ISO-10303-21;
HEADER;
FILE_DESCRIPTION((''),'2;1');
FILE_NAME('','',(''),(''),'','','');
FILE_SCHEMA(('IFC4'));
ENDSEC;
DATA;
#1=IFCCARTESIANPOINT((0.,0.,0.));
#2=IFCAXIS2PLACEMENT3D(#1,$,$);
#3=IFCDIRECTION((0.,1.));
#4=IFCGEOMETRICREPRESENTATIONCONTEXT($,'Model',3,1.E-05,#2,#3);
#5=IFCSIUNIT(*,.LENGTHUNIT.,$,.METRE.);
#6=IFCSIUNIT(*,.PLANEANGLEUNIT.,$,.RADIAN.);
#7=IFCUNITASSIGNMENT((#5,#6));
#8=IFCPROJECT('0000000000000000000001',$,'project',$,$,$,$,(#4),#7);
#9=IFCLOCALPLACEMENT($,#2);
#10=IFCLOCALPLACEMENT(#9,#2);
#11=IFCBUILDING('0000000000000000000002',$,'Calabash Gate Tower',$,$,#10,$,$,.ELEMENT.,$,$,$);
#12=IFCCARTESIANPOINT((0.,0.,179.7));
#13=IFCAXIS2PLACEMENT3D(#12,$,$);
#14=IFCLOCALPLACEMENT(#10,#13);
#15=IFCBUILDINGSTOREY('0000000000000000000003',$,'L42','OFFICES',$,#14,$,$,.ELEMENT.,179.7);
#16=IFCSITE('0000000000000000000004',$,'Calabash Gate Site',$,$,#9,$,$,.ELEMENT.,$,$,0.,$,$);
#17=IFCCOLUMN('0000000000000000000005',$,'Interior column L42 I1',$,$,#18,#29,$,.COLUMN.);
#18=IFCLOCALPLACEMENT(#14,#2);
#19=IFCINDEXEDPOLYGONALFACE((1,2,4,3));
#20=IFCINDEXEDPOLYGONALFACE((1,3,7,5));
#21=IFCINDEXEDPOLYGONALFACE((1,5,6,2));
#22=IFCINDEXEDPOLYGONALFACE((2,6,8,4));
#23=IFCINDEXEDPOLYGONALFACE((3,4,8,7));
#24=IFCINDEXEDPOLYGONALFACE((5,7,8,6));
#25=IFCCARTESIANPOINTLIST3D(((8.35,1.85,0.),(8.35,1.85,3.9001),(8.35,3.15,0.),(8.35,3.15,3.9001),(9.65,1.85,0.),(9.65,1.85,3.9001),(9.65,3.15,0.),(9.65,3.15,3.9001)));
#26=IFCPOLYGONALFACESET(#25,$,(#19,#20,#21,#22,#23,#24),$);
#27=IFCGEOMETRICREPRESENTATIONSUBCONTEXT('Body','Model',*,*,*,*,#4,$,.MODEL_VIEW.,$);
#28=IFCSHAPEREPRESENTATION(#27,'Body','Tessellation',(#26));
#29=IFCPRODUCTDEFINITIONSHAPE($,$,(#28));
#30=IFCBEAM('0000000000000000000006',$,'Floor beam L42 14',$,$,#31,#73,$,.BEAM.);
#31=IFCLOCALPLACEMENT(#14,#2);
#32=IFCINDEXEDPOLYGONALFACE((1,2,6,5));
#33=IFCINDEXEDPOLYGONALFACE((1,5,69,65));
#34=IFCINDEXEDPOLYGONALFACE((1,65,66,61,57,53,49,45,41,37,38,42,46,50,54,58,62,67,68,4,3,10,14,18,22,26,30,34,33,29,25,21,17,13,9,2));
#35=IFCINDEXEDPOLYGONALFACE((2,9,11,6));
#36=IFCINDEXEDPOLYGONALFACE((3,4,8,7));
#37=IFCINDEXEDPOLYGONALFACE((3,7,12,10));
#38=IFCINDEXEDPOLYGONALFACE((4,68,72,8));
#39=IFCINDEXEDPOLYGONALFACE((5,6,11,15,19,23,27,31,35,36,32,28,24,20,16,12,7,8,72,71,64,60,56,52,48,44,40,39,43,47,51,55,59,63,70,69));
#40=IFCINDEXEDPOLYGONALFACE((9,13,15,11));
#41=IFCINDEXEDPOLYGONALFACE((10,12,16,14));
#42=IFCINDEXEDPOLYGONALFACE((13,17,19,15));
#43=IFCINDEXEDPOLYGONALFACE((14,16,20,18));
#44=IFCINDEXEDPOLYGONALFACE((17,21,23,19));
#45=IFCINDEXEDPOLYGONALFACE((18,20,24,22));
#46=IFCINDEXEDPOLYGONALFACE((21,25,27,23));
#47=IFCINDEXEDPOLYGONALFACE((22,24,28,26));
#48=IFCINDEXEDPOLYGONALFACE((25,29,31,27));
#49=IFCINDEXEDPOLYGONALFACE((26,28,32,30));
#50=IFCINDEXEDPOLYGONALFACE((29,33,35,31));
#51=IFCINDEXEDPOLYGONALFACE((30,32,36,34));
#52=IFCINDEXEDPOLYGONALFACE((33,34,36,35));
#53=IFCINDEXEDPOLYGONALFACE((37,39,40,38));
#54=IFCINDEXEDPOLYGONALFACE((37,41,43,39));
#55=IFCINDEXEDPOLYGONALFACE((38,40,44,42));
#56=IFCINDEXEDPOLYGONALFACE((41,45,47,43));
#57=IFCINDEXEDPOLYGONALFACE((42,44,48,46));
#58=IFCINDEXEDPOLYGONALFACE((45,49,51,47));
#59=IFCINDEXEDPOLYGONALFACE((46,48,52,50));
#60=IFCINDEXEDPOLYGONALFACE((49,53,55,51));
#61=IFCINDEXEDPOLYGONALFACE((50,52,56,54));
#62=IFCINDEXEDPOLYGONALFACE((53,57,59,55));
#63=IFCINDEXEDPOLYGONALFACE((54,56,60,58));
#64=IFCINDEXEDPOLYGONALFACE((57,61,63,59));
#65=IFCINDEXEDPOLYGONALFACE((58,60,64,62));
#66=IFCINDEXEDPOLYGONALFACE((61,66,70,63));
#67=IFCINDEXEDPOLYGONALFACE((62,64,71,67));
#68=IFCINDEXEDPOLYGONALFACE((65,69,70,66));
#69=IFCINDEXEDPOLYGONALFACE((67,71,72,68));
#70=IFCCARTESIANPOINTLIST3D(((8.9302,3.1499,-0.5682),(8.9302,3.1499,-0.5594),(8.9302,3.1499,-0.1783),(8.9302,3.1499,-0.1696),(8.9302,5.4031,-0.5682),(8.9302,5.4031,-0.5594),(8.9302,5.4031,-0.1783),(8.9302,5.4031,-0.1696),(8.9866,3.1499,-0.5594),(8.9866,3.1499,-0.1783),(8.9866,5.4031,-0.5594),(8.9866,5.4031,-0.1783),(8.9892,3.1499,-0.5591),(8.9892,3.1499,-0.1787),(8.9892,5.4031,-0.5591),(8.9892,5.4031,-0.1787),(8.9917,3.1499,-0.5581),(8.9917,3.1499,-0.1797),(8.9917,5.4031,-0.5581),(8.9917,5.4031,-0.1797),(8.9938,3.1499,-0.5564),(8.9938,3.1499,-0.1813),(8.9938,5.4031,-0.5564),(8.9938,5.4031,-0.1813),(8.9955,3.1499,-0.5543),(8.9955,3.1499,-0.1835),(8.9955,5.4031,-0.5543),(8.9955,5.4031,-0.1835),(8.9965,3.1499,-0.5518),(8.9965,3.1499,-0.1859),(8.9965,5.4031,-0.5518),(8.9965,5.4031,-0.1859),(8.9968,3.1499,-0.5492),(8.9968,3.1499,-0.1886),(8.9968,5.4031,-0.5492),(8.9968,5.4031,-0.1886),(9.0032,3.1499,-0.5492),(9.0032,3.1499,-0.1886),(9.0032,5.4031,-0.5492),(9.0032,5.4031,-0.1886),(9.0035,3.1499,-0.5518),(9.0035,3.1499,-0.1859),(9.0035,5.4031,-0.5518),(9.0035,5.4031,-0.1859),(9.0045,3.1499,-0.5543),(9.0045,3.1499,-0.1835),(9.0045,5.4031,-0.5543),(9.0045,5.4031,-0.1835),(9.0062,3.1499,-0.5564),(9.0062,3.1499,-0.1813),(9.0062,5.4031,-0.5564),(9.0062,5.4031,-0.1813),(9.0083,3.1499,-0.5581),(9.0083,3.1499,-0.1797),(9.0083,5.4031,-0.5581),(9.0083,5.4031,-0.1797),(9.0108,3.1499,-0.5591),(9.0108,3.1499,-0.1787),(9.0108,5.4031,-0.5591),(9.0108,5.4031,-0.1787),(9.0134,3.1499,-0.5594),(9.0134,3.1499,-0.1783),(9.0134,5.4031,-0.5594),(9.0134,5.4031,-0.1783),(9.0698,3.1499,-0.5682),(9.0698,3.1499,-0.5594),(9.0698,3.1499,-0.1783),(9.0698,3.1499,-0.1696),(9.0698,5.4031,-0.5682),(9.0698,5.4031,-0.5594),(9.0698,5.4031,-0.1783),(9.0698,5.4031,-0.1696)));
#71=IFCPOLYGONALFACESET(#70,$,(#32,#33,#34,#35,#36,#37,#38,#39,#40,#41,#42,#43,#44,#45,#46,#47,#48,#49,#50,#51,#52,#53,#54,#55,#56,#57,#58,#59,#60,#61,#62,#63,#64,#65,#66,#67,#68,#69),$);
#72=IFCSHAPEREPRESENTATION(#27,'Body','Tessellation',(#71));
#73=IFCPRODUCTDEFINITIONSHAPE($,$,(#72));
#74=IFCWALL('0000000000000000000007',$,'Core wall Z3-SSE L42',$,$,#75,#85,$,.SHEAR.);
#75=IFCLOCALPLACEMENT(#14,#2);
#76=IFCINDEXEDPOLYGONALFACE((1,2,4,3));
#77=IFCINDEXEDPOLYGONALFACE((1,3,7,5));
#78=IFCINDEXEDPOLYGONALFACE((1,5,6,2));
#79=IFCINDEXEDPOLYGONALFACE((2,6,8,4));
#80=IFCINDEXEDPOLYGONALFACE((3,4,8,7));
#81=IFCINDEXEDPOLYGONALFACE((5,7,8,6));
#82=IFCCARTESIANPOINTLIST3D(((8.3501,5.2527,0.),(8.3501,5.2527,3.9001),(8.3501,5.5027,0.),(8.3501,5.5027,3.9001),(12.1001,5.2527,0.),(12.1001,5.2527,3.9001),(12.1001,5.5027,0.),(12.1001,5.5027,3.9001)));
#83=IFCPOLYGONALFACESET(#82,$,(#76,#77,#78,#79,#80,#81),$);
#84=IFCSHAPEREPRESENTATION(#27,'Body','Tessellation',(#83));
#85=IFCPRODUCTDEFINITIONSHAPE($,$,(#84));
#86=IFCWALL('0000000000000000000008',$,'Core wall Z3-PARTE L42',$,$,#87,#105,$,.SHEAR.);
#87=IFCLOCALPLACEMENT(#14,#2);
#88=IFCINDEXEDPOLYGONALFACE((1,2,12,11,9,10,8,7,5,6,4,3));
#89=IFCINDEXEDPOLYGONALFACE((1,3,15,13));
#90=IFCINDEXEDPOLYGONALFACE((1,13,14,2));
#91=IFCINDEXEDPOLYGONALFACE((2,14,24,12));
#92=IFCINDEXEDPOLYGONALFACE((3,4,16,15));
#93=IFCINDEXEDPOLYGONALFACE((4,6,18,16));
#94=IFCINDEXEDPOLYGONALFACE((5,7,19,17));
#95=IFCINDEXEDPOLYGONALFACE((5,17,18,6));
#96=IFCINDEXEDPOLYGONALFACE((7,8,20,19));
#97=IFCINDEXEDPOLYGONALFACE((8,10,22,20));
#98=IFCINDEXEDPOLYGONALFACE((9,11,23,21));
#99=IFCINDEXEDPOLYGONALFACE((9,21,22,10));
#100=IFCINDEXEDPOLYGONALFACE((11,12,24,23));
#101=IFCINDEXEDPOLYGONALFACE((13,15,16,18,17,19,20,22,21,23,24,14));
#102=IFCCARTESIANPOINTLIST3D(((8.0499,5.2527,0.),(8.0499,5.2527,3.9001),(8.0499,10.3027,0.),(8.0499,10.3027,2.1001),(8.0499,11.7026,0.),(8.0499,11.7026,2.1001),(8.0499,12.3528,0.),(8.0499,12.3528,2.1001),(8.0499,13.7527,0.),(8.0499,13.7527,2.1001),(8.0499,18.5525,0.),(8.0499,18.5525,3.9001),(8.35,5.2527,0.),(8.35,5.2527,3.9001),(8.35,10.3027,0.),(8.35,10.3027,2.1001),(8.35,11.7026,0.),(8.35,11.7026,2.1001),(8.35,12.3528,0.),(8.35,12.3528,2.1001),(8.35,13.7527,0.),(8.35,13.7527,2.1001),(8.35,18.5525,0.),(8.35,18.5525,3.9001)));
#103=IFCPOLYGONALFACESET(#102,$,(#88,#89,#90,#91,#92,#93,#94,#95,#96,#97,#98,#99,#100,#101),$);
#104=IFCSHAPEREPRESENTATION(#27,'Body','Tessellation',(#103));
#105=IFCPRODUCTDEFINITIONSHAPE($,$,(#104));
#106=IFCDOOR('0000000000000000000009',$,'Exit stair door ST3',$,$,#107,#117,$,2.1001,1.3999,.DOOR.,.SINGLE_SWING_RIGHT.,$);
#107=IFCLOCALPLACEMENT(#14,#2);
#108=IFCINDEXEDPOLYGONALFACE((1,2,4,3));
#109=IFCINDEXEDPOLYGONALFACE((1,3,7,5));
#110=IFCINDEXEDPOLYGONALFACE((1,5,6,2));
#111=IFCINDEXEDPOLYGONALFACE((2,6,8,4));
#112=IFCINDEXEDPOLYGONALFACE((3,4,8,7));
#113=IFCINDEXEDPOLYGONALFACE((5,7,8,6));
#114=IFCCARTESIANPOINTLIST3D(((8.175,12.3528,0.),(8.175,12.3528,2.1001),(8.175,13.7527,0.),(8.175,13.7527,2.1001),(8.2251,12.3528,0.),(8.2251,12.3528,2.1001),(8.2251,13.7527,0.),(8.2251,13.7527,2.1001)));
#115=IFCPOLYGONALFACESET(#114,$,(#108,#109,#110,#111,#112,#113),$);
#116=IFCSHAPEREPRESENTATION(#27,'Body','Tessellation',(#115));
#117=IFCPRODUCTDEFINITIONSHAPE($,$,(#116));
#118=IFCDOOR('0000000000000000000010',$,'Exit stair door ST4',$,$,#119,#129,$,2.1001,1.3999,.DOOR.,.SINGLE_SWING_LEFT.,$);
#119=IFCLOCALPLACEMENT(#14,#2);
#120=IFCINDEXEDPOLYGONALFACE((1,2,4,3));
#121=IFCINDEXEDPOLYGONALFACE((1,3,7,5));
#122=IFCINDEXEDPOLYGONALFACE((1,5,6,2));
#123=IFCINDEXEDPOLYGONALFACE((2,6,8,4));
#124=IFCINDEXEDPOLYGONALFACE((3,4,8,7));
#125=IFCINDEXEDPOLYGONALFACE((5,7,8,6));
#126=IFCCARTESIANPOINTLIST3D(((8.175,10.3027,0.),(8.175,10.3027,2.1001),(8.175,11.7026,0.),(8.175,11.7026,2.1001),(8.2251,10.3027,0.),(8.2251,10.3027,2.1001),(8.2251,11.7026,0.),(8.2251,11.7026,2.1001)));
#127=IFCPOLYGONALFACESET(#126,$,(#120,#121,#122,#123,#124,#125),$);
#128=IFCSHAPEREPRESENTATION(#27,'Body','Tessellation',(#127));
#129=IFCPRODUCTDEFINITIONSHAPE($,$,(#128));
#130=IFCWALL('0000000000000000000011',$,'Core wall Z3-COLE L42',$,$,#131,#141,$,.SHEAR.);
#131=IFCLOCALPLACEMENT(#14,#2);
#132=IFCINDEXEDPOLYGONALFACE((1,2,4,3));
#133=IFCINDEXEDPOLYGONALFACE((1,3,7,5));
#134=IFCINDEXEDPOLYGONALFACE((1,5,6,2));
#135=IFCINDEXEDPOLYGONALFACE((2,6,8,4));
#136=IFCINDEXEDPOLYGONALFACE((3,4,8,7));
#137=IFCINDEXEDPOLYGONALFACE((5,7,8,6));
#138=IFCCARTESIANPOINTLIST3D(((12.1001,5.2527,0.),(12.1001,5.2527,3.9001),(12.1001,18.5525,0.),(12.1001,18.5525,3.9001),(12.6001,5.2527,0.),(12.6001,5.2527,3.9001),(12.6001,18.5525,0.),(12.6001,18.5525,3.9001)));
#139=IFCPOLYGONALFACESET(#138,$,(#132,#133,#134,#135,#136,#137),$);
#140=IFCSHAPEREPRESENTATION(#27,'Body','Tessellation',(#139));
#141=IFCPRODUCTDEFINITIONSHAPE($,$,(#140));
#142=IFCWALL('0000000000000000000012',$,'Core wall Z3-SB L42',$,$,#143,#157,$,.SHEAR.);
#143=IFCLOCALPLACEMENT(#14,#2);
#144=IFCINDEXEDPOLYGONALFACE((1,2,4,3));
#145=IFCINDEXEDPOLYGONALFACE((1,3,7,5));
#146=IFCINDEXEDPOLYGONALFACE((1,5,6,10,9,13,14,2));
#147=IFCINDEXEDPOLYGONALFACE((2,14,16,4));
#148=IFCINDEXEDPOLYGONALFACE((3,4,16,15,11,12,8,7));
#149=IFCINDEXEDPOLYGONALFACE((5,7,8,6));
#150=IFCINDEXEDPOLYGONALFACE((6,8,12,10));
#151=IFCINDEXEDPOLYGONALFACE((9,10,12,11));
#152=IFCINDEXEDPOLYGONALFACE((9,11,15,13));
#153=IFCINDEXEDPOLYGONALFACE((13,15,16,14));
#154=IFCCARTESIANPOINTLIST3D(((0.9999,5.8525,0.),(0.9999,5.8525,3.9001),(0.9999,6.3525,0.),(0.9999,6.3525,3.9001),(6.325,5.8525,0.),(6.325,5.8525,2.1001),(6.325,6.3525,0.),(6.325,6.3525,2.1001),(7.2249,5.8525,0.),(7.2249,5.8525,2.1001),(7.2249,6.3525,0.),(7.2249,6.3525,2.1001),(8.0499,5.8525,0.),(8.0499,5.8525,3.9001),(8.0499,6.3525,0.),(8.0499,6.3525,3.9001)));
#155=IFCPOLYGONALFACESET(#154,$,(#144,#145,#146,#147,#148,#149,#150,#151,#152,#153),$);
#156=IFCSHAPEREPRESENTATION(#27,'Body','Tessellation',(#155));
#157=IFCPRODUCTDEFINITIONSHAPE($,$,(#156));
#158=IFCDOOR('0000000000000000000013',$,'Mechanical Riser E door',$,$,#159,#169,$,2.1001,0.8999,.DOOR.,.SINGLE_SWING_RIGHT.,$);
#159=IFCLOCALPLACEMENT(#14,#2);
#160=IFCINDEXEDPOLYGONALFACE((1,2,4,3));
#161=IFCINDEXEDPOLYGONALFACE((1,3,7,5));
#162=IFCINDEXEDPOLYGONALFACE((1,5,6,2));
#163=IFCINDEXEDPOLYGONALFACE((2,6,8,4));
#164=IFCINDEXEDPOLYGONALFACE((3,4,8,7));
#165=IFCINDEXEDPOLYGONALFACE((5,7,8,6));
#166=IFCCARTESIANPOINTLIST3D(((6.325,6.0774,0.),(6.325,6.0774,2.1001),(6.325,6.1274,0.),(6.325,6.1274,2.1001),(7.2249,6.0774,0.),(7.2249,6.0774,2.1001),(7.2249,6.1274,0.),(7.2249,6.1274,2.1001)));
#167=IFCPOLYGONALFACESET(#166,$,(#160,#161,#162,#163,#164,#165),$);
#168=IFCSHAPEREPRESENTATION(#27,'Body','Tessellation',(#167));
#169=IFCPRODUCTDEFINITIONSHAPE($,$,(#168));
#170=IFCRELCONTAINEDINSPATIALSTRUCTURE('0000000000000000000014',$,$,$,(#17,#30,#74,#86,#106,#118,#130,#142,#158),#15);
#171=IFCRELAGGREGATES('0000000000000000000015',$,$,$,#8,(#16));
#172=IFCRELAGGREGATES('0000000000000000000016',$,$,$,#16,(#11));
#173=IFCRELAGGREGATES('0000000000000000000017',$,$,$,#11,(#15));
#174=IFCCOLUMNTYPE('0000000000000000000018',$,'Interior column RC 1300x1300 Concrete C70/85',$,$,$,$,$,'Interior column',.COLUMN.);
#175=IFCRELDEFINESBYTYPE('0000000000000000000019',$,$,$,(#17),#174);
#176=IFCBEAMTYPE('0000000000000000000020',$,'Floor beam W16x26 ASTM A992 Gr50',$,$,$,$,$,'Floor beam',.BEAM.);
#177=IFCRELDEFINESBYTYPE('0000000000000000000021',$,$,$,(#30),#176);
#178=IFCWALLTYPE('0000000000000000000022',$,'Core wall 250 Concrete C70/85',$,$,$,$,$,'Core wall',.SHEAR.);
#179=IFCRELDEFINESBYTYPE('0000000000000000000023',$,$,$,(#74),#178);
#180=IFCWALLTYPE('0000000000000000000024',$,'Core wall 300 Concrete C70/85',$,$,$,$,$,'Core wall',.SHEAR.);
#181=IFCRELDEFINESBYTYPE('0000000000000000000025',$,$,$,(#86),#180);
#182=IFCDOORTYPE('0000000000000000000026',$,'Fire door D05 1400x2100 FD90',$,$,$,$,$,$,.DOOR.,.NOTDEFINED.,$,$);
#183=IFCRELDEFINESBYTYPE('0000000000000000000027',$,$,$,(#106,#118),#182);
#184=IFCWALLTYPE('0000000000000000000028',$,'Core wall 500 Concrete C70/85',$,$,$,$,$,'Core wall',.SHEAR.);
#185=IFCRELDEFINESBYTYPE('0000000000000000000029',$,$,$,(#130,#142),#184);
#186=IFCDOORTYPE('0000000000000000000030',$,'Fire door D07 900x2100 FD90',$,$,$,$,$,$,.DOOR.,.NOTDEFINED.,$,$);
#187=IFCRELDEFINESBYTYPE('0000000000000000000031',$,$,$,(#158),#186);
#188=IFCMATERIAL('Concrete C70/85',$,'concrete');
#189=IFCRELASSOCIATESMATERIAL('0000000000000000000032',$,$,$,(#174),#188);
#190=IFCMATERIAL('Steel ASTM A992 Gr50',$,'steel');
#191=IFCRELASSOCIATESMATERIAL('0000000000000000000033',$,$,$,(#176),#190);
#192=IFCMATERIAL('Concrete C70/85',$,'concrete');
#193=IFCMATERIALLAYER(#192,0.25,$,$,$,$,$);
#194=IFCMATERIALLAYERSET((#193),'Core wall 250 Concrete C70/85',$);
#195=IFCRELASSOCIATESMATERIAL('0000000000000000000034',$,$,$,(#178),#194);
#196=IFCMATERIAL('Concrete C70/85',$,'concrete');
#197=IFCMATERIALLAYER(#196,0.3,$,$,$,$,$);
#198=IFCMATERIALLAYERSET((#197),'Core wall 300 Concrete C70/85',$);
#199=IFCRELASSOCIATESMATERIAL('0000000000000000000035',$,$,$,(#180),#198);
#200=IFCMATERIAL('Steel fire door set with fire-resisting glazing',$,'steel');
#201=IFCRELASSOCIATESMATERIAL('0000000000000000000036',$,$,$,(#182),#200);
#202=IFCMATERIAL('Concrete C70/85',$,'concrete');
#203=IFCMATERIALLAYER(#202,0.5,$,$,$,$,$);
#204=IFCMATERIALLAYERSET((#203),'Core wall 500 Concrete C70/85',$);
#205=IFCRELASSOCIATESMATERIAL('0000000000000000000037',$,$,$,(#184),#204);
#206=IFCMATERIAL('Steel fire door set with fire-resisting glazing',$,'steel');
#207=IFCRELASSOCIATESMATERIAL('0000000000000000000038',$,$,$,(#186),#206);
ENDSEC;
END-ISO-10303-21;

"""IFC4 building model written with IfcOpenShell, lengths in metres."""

from ifc_helpers import new_model, si_unit, direction, frame, frame_2d, origin, origin_2d, place, context, subcontext, project, spatial, rectangle, i_section, extrude, material, layer, layer_set, material_profile, profile_set, type_object, element, fill, save


model = new_model("IFC4")

# Units and contexts
model_context = context("Model", 3, precision=1e-05, world=origin(), true_north=direction((0.0, 1.0)))
body_context = subcontext(model_context, "Body", "Model", "MODEL_VIEW")
ifc_project = project(units=[si_unit("LENGTHUNIT", "METRE"), si_unit("PLANEANGLEUNIT", "RADIAN")], contexts=[model_context])

# Site, building, storey
site_placement = place(None, origin())
site = spatial("IfcSite", under=ifc_project, at=site_placement, Name="Calabash Gate Site", CompositionType="ELEMENT", RefElevation=0.0)
building_placement = place(site_placement, origin())
building = spatial("IfcBuilding", under=site, at=building_placement, Name="Calabash Gate Tower", CompositionType="ELEMENT")
storey_placement = place(building_placement, frame((0.0, 0.0, 179.7)))
storey = spatial("IfcBuildingStorey", under=building, at=storey_placement, Name="L42", Description="OFFICES", CompositionType="ELEMENT", Elevation=179.7)

# Column
ifc_material_1 = material(Name="Concrete C70/85", Category="concrete")
ifc_material_profile_1 = material_profile(ifc_material_1, rectangle(XDim=1.3, YDim=1.3, at=origin_2d()))
ifc_profile_set_1 = profile_set([ifc_material_profile_1], Name="Concrete C70/85")
column_type = type_object("IfcColumnType", Name="Interior column RC 1300x1300 Concrete C70/85", ElementType="Interior column", PredefinedType="COLUMN", material=ifc_profile_set_1)
column_placement = place(storey_placement, frame((9.0, 2.5, 0.0), z_axis=(0.0, 0.0, 1.0), x_axis=(1.0, 0.0, 0.0)))
element("IfcColumn", 1, at=column_placement, inside=storey, type_object=column_type, Name="Interior column L42 I1", PredefinedType="COLUMN", context=body_context, shape_type="SweptSolid", body=[
    extrude(rectangle(XDim=1.3, YDim=1.3, at=origin_2d()), origin(), (0.0, 0.0, 1.0), 3.9001),
])

# Beam
ifc_material_2 = material(Name="Steel ASTM A992 Gr50", Category="steel")
ifc_material_profile_2 = material_profile(ifc_material_2, i_section(OverallWidth=0.1396, OverallDepth=0.3987, WebThickness=0.0063, FlangeThickness=0.0088, FilletRadius=0.0103, at=origin_2d()))
ifc_profile_set_2 = profile_set([ifc_material_profile_2], Name="Steel ASTM A992 Gr50")
beam_type = type_object("IfcBeamType", Name="Floor beam W16x26 ASTM A992 Gr50", ElementType="Floor beam", PredefinedType="BEAM", material=ifc_profile_set_2)
beam_placement = place(storey_placement, frame((9.0, 3.1499, -0.3689), z_axis=(0.0, 1.0, 0.0), x_axis=(-1.0, 0.0, 0.0)))
element("IfcBeam", 2, at=beam_placement, inside=storey, type_object=beam_type, Name="Floor beam L42 14", PredefinedType="BEAM", context=body_context, shape_type="SweptSolid", body=[
    extrude(i_section(OverallWidth=0.1396, OverallDepth=0.3987, WebThickness=0.0063, FlangeThickness=0.0088, FilletRadius=0.0103, at=origin_2d()), origin(), (0.0, 0.0, 1.0), 2.2532),
])

# Wall
ifc_material_3 = material(Name="Concrete C70/85", Category="concrete")
ifc_layer_1 = layer(ifc_material_3, 0.25)
ifc_layer_set_1 = layer_set([ifc_layer_1], Name="Core wall 250 Concrete C70/85")
wall_type_1 = type_object("IfcWallType", Name="Core wall 250 Concrete C70/85", ElementType="Core wall", PredefinedType="SHEAR", material=ifc_layer_set_1)
wall_1_placement = place(storey_placement, frame((8.3501, 5.3777, 0.0), z_axis=(0.0, 0.0, 1.0), x_axis=(1.0, 0.0, 0.0)))
element("IfcWall", 3, at=wall_1_placement, inside=storey, type_object=wall_type_1, Name="Core wall Z3-SSE L42", PredefinedType="SHEAR", context=body_context, shape_type="SweptSolid", body=[
    extrude(rectangle(XDim=3.75, YDim=0.25, at=frame_2d((1.875, 0.0))), origin(), (0.0, 0.0, 1.0), 3.9001),
])

# Wall, openings, doors
ifc_material_4 = material(Name="Concrete C70/85", Category="concrete")
ifc_layer_2 = layer(ifc_material_4, 0.3)
ifc_layer_set_2 = layer_set([ifc_layer_2], Name="Core wall 300 Concrete C70/85")
wall_type_2 = type_object("IfcWallType", Name="Core wall 300 Concrete C70/85", ElementType="Core wall", PredefinedType="SHEAR", material=ifc_layer_set_2)
wall_2_placement = place(storey_placement, frame((8.2, 5.2527, 0.0), z_axis=(0.0, 0.0, 1.0), x_axis=(0.0, 1.0, 0.0)))
wall_2 = element("IfcWall", 4, at=wall_2_placement, inside=storey, type_object=wall_type_2, Name="Core wall Z3-PARTE L42", PredefinedType="SHEAR", context=body_context, shape_type="SweptSolid", body=[
    extrude(rectangle(XDim=13.2998, YDim=0.3, at=frame_2d((6.6499, 0.0))), origin(), (0.0, 0.0, 1.0), 3.9001),
])
opening_1_placement = place(wall_2_placement, frame((7.1001, 0.0, 0.0)))
opening_1 = element("IfcOpeningElement", 5, at=opening_1_placement, cuts=wall_2, PredefinedType="OPENING", context=body_context, shape_type="SweptSolid", body=[
    extrude(rectangle(XDim=1.3999, YDim=2.1001, at=frame_2d((0.7, 1.05))), frame((0.0, 0.1599, 0.0), z_axis=(0.0, -1.0, 0.0), x_axis=(1.0, 0.0, 0.0)), (0.0, 0.0, 1.0), 0.3201),
])
opening_2_placement = place(wall_2_placement, frame((5.05, 0.0, 0.0)))
opening_2 = element("IfcOpeningElement", 6, at=opening_2_placement, cuts=wall_2, PredefinedType="OPENING", context=body_context, shape_type="SweptSolid", body=[
    extrude(rectangle(XDim=1.3999, YDim=2.1001, at=frame_2d((0.7, 1.05))), frame((0.0, 0.1599, 0.0), z_axis=(0.0, -1.0, 0.0), x_axis=(1.0, 0.0, 0.0)), (0.0, 0.0, 1.0), 0.3201),
])
ifc_material_5 = material(Name="Steel fire door set with fire-resisting glazing", Category="steel")
door_type_1 = type_object("IfcDoorType", Name="Fire door D05 1400x2100 FD90", OperationType="NOTDEFINED", PredefinedType="DOOR", material=ifc_material_5)
door_1_placement = place(opening_1_placement, origin())
door_1 = element("IfcDoor", 7, at=door_1_placement, inside=storey, type_object=door_type_1, Name="Exit stair door ST3", OperationType="SINGLE_SWING_RIGHT", OverallHeight=2.1001, OverallWidth=1.3999, PredefinedType="DOOR", context=body_context, shape_type="SweptSolid", body=[
    extrude(rectangle(XDim=1.3999, YDim=2.1001, at=frame_2d((0.7, 1.05))), frame((0.0, 0.0249, 0.0), z_axis=(0.0, -1.0, 0.0), x_axis=(1.0, 0.0, 0.0)), (0.0, 0.0, 1.0), 0.05),
])
fill(opening_1, door_1)
door_2_placement = place(opening_2_placement, origin())
door_2 = element("IfcDoor", 8, at=door_2_placement, inside=storey, type_object=door_type_1, Name="Exit stair door ST4", OperationType="SINGLE_SWING_LEFT", OverallHeight=2.1001, OverallWidth=1.3999, PredefinedType="DOOR", context=body_context, shape_type="SweptSolid", body=[
    extrude(rectangle(XDim=1.3999, YDim=2.1001, at=frame_2d((0.7, 1.05))), frame((0.0, 0.0249, 0.0), z_axis=(0.0, -1.0, 0.0), x_axis=(1.0, 0.0, 0.0)), (0.0, 0.0, 1.0), 0.05),
])
fill(opening_2, door_2)

# Wall
ifc_material_6 = material(Name="Concrete C70/85", Category="concrete")
ifc_layer_3 = layer(ifc_material_6, 0.5)
ifc_layer_set_3 = layer_set([ifc_layer_3], Name="Core wall 500 Concrete C70/85")
wall_type_3 = type_object("IfcWallType", Name="Core wall 500 Concrete C70/85", ElementType="Core wall", PredefinedType="SHEAR", material=ifc_layer_set_3)
wall_3_placement = place(storey_placement, frame((12.3501, 5.2527, 0.0), z_axis=(0.0, 0.0, 1.0), x_axis=(0.0, 1.0, 0.0)))
element("IfcWall", 9, at=wall_3_placement, inside=storey, type_object=wall_type_3, Name="Core wall Z3-COLE L42", PredefinedType="SHEAR", context=body_context, shape_type="SweptSolid", body=[
    extrude(rectangle(XDim=13.2998, YDim=0.5, at=frame_2d((6.6499, 0.0))), origin(), (0.0, 0.0, 1.0), 3.9001),
])

# Wall, opening, door
wall_4_placement = place(storey_placement, frame((1.0, 6.1025, 0.0), z_axis=(0.0, 0.0, 1.0), x_axis=(1.0, 0.0, 0.0)))
wall_4 = element("IfcWall", 10, at=wall_4_placement, inside=storey, type_object=wall_type_3, Name="Core wall Z3-SB L42", PredefinedType="SHEAR", context=body_context, shape_type="SweptSolid", body=[
    extrude(rectangle(XDim=7.05, YDim=0.5, at=frame_2d((3.5249, 0.0))), origin(), (0.0, 0.0, 1.0), 3.9001),
])
opening_3_placement = place(wall_4_placement, frame((5.325, 0.0, 0.0)))
opening_3 = element("IfcOpeningElement", 11, at=opening_3_placement, cuts=wall_4, PredefinedType="OPENING", context=body_context, shape_type="SweptSolid", body=[
    extrude(rectangle(XDim=0.8999, YDim=2.1001, at=frame_2d((0.45, 1.05))), frame((0.0, 0.26, 0.0), z_axis=(0.0, -1.0, 0.0), x_axis=(1.0, 0.0, 0.0)), (0.0, 0.0, 1.0), 0.52),
])
ifc_material_7 = material(Name="Steel fire door set with fire-resisting glazing", Category="steel")
door_type_2 = type_object("IfcDoorType", Name="Fire door D07 900x2100 FD90", OperationType="NOTDEFINED", PredefinedType="DOOR", material=ifc_material_7)
door_3_placement = place(opening_3_placement, origin())
door_3 = element("IfcDoor", 12, at=door_3_placement, inside=storey, type_object=door_type_2, Name="Mechanical Riser E door", OperationType="SINGLE_SWING_RIGHT", OverallHeight=2.1001, OverallWidth=0.8999, PredefinedType="DOOR", context=body_context, shape_type="SweptSolid", body=[
    extrude(rectangle(XDim=0.8999, YDim=2.1001, at=frame_2d((0.45, 1.05))), frame((0.0, 0.0249, 0.0), z_axis=(0.0, -1.0, 0.0), x_axis=(1.0, 0.0, 0.0)), (0.0, 0.0, 1.0), 0.05),
])
fill(opening_3, door_3)

save(model, "model.ifc")
